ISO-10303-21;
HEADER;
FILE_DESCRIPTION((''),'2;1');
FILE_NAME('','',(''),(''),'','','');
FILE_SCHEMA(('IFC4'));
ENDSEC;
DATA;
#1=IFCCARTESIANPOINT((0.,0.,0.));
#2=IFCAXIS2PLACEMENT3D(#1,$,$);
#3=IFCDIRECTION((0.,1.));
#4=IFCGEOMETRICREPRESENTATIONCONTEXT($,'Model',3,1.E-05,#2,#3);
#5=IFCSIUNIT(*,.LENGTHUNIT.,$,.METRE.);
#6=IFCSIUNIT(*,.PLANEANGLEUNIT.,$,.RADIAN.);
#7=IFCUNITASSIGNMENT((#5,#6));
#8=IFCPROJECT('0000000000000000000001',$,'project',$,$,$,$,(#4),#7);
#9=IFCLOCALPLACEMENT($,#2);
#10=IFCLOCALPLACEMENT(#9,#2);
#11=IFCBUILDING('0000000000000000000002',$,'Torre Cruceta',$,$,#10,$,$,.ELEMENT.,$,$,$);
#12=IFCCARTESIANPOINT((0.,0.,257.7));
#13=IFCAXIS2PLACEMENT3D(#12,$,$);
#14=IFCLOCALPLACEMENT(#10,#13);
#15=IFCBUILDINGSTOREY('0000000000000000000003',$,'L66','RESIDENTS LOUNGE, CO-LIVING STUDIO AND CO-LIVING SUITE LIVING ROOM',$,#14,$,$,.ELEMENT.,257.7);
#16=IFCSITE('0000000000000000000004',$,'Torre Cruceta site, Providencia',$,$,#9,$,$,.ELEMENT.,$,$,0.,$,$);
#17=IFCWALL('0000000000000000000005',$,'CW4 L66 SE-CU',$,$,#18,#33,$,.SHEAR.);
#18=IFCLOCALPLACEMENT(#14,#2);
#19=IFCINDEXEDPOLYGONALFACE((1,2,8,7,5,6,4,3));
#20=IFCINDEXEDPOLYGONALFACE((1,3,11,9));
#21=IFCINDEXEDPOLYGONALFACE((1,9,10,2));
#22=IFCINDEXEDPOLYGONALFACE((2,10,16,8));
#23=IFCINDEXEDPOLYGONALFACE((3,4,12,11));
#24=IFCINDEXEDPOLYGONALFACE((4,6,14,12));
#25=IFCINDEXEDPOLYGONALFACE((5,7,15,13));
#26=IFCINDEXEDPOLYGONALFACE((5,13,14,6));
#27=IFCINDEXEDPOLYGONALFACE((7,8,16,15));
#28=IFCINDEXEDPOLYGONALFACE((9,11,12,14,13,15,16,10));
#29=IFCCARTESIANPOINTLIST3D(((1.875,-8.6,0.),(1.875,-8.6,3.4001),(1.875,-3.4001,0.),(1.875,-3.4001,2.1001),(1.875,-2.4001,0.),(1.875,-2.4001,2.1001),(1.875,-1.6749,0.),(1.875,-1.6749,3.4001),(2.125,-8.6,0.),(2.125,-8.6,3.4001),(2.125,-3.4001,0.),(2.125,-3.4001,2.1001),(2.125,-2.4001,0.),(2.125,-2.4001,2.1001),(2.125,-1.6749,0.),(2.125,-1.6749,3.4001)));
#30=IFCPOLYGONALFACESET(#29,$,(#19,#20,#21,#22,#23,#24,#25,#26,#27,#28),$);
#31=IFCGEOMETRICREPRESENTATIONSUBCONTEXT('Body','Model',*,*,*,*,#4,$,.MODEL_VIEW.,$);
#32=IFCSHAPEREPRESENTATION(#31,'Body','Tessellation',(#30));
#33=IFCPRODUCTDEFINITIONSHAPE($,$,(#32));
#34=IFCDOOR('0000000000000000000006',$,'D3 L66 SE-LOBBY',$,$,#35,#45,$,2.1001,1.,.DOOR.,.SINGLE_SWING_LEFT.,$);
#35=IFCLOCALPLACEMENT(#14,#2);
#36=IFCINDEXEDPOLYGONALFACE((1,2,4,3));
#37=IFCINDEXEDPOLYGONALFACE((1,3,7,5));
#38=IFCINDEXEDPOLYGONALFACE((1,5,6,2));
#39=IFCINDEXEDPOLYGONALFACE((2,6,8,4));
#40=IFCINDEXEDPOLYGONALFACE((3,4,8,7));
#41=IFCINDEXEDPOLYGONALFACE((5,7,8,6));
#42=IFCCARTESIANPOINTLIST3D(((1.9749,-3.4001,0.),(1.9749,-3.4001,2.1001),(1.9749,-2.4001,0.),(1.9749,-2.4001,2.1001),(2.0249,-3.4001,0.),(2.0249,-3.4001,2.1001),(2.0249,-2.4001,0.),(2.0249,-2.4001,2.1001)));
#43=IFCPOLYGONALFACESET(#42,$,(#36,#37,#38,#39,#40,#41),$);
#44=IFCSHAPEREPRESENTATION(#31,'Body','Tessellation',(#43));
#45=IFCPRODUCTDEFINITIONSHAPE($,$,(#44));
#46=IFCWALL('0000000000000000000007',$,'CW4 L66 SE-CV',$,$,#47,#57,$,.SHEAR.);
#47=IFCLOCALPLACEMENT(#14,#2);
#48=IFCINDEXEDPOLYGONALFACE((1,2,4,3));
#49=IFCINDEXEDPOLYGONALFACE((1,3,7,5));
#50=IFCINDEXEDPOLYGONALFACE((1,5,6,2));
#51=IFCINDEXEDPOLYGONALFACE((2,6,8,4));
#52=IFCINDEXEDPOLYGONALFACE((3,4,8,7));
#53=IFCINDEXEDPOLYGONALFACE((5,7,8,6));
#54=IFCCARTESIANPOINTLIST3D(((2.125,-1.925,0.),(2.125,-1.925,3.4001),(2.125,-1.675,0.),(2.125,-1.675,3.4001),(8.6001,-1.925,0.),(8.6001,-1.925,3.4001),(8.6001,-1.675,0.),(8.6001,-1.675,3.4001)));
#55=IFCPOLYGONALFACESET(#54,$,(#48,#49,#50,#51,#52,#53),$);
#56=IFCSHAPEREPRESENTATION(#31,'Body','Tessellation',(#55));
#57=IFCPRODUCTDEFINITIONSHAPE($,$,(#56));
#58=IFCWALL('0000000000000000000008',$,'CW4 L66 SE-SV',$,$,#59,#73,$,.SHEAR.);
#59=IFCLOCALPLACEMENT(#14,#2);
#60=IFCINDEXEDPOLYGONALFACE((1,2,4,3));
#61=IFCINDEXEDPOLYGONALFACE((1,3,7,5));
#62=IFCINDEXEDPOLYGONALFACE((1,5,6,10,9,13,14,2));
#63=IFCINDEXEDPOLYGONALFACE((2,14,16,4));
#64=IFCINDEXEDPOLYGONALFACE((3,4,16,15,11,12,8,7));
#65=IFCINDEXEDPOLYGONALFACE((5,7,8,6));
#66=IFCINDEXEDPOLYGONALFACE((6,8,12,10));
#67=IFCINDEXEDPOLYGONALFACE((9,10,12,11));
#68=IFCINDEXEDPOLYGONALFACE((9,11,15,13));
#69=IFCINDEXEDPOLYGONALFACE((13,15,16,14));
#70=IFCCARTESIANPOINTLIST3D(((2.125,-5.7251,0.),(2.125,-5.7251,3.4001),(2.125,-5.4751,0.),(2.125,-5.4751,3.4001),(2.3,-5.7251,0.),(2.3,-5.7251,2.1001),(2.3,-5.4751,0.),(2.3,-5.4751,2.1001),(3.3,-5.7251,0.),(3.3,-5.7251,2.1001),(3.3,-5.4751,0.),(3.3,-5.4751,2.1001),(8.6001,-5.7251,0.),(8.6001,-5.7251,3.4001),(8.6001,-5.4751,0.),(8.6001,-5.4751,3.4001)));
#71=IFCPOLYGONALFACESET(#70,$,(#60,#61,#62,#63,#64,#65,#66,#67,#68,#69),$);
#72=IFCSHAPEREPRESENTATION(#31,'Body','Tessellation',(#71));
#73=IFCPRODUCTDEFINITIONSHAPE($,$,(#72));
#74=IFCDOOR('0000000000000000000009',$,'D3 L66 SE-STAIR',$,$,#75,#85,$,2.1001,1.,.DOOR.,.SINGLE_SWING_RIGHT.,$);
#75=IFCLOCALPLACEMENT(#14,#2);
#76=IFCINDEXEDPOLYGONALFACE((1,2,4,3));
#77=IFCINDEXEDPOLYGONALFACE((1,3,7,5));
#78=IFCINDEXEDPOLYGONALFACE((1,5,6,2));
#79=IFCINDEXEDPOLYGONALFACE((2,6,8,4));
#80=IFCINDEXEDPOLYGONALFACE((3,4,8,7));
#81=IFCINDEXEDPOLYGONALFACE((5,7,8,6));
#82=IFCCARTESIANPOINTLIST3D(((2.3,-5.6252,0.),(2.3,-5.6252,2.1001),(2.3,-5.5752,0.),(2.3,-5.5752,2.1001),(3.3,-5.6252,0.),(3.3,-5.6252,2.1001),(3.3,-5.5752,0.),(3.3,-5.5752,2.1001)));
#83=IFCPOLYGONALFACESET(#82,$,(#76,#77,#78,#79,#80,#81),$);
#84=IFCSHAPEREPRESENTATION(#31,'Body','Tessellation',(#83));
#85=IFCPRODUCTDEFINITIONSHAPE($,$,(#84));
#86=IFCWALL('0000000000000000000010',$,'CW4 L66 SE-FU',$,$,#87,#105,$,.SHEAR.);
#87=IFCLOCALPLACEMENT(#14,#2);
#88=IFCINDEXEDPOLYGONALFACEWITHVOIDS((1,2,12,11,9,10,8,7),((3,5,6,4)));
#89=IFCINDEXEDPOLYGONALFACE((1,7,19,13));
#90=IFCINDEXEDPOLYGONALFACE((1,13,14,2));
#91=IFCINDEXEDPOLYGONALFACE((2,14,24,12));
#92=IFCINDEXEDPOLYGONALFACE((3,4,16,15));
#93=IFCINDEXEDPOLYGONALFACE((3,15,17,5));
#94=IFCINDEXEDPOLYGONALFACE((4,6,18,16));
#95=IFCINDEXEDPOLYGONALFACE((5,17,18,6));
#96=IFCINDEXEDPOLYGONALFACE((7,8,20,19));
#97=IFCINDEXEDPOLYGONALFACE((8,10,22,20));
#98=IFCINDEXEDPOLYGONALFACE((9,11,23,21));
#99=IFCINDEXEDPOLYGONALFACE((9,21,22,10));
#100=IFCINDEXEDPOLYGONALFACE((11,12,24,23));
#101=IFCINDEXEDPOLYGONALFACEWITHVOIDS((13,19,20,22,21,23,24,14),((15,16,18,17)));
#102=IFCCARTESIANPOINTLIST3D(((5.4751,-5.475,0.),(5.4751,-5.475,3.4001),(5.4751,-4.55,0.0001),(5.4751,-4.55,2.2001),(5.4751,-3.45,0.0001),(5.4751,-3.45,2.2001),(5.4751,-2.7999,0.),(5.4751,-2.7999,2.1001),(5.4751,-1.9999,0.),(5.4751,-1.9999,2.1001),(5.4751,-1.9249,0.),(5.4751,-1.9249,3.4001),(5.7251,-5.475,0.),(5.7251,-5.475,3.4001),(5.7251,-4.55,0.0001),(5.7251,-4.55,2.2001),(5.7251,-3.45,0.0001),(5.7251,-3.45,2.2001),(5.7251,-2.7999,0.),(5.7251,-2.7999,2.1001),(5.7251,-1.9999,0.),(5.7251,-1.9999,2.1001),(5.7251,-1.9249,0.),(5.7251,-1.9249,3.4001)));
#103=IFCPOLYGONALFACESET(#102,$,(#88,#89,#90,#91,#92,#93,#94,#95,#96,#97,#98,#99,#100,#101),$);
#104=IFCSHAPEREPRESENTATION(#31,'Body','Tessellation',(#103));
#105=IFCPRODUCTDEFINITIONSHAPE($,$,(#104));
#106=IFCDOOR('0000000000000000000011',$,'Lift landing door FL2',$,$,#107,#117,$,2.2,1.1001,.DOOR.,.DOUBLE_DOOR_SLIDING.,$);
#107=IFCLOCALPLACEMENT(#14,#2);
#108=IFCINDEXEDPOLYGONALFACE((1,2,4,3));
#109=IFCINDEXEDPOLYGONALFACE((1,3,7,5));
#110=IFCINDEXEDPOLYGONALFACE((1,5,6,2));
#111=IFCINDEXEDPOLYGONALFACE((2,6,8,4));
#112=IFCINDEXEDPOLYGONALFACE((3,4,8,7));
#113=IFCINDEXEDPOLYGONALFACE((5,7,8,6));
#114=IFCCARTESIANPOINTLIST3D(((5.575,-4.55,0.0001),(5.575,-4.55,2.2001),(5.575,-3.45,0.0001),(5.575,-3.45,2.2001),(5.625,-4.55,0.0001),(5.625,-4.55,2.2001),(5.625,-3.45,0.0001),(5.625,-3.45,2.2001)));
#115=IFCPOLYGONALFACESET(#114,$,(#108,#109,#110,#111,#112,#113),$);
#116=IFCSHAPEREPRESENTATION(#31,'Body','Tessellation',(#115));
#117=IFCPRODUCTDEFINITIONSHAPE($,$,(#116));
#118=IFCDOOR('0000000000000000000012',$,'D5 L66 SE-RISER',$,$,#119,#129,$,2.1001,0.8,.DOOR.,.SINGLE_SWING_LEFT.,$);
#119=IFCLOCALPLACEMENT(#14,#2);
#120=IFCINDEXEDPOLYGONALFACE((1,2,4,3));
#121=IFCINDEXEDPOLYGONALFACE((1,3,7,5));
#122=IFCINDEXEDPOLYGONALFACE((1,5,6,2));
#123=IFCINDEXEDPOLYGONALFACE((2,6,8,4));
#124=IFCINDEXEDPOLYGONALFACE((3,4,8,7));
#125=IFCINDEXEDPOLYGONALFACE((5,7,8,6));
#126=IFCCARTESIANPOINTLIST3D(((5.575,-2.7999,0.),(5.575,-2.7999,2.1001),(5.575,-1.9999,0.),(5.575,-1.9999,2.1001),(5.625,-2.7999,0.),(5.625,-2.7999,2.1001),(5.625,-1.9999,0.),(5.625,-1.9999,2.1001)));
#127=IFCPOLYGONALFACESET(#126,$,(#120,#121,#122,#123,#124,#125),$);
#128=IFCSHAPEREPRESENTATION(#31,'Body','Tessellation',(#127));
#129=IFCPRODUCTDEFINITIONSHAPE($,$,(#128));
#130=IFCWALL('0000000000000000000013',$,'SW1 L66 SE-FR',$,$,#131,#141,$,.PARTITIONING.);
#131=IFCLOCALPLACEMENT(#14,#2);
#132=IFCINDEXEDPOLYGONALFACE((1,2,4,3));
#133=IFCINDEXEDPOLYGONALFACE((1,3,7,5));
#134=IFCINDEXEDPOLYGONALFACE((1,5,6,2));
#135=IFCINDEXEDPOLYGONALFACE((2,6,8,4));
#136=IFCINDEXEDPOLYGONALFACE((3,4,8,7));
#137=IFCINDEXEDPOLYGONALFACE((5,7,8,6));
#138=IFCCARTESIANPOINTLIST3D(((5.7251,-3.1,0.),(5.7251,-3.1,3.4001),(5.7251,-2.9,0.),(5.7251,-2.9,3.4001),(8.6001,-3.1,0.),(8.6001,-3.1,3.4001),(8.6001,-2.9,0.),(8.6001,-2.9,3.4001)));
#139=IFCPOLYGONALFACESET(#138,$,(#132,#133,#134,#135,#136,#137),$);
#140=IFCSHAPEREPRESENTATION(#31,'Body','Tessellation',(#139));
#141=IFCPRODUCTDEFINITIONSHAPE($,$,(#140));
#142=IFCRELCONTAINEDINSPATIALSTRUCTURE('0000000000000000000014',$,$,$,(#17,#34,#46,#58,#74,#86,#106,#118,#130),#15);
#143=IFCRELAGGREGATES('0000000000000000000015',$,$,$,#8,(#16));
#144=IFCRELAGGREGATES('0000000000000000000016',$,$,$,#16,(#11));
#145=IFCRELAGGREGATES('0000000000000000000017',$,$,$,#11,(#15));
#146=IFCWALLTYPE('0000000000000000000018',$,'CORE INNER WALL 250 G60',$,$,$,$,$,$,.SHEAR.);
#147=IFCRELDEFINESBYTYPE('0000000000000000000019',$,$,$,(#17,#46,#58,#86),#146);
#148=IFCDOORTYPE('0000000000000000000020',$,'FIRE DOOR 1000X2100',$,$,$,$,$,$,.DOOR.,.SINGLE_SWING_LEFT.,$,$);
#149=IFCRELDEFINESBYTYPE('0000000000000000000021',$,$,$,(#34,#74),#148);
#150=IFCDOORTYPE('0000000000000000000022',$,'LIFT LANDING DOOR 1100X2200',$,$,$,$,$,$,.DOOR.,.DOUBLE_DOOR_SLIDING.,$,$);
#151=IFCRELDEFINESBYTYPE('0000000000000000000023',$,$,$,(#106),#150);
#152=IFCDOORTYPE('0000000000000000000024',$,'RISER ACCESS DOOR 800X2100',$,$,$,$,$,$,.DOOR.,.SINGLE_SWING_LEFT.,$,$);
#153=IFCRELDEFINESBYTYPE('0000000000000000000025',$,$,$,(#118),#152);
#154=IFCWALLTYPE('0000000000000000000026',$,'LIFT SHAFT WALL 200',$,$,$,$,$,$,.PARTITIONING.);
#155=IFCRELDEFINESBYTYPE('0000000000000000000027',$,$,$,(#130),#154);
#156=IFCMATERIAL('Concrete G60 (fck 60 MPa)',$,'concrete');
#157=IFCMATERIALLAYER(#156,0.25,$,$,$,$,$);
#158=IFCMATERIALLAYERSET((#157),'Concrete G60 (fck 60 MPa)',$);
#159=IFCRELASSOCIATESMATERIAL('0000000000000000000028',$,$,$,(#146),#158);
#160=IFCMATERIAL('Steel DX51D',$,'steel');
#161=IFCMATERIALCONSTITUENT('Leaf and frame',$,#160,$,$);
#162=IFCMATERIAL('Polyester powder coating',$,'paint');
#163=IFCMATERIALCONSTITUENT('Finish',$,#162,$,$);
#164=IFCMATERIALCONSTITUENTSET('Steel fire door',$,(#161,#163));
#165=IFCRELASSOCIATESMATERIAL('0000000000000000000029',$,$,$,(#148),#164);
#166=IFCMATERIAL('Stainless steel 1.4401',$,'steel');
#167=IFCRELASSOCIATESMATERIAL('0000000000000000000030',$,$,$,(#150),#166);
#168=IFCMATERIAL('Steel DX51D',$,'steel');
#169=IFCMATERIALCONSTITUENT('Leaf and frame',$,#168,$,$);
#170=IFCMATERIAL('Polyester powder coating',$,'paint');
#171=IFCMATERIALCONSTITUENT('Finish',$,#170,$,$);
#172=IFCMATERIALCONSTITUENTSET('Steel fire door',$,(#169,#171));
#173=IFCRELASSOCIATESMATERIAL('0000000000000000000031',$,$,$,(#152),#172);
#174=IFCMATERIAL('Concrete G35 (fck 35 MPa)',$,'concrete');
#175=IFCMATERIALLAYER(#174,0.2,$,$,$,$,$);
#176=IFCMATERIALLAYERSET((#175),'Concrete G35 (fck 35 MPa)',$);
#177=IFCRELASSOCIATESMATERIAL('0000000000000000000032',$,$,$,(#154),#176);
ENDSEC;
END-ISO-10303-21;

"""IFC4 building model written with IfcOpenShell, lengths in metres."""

from ifc_helpers import new_model, si_unit, direction, frame, frame_2d, origin, place, context, subcontext, project, spatial, rectangle, extrude, material, layer, layer_set, constituent, constituent_set, type_object, element, fill, save


model = new_model("IFC4")

# Units and contexts
model_context = context("Model", 3, precision=1e-05, world=origin(), true_north=direction((0.0, 1.0)))
body_context = subcontext(model_context, "Body", "Model", "MODEL_VIEW")
ifc_project = project(units=[si_unit("LENGTHUNIT", "METRE"), si_unit("PLANEANGLEUNIT", "RADIAN")], contexts=[model_context])

# Site, building, storey
site_placement = place(None, origin())
site = spatial("IfcSite", under=ifc_project, at=site_placement, Name="Torre Cruceta site, Providencia", CompositionType="ELEMENT", RefElevation=0.0)
building_placement = place(site_placement, origin())
building = spatial("IfcBuilding", under=site, at=building_placement, Name="Torre Cruceta", CompositionType="ELEMENT")
storey_placement = place(building_placement, frame((0.0, 0.0, 257.7)))
storey = spatial("IfcBuildingStorey", under=building, at=storey_placement, Name="L66", Description="RESIDENTS LOUNGE, CO-LIVING STUDIO AND CO-LIVING SUITE LIVING ROOM", CompositionType="ELEMENT", Elevation=257.7)

# Wall, opening, door
ifc_material_1 = material(Name="Concrete G60 (fck 60 MPa)", Category="concrete")
ifc_layer_1 = layer(ifc_material_1, 0.25)
ifc_layer_set_1 = layer_set([ifc_layer_1], Name="Concrete G60 (fck 60 MPa)")
wall_type_1 = type_object("IfcWallType", Name="CORE INNER WALL 250 G60", PredefinedType="SHEAR", material=ifc_layer_set_1)
wall_1_placement = place(storey_placement, frame((2.0, -1.675, 0.0), z_axis=(0.0, 0.0, 1.0), x_axis=(0.0, -1.0, 0.0)))
wall_1 = element("IfcWall", 1, at=wall_1_placement, inside=storey, type_object=wall_type_1, Name="CW4 L66 SE-CU", PredefinedType="SHEAR", context=body_context, shape_type="SweptSolid", body=[
    extrude(rectangle(XDim=6.925, YDim=0.25, at=frame_2d((3.4624, 0.0))), origin(), (0.0, 0.0, 1.0), 3.4001),
])
opening_1_placement = place(wall_1_placement, frame((0.7251, 0.0, 0.0)))
opening_1 = element("IfcOpeningElement", 2, at=opening_1_placement, cuts=wall_1, PredefinedType="OPENING", context=body_context, shape_type="SweptSolid", body=[
    extrude(rectangle(XDim=1.0, YDim=2.1001, at=frame_2d((0.5, 1.05))), frame((0.0, 0.135, 0.0), z_axis=(0.0, -1.0, 0.0), x_axis=(1.0, 0.0, 0.0)), (0.0, 0.0, 1.0), 0.27),
])
ifc_material_2 = material(Name="Steel DX51D", Category="steel")
ifc_constituent_1 = constituent(ifc_material_2, Name="Leaf and frame")
ifc_material_3 = material(Name="Polyester powder coating", Category="paint")
ifc_constituent_2 = constituent(ifc_material_3, Name="Finish")
ifc_constituent_set_1 = constituent_set(constituents=[ifc_constituent_1, ifc_constituent_2], Name="Steel fire door")
door_type_1 = type_object("IfcDoorType", Name="FIRE DOOR 1000X2100", OperationType="SINGLE_SWING_LEFT", PredefinedType="DOOR", material=ifc_constituent_set_1)
door_1_placement = place(opening_1_placement, origin())
door_1 = element("IfcDoor", 3, at=door_1_placement, inside=storey, type_object=door_type_1, Name="D3 L66 SE-LOBBY", OperationType="SINGLE_SWING_LEFT", OverallHeight=2.1001, OverallWidth=1.0, PredefinedType="DOOR", context=body_context, shape_type="SweptSolid", body=[
    extrude(rectangle(XDim=1.0, YDim=2.1001, at=frame_2d((0.5, 1.05))), frame((0.0, 0.0249, 0.0), z_axis=(0.0, -1.0, 0.0), x_axis=(1.0, 0.0, 0.0)), (0.0, 0.0, 1.0), 0.05),
])
fill(opening_1, door_1)

# Wall
wall_2_placement = place(storey_placement, frame((2.125, -1.8, 0.0), z_axis=(0.0, 0.0, 1.0), x_axis=(1.0, 0.0, 0.0)))
element("IfcWall", 4, at=wall_2_placement, inside=storey, type_object=wall_type_1, Name="CW4 L66 SE-CV", PredefinedType="SHEAR", context=body_context, shape_type="SweptSolid", body=[
    extrude(rectangle(XDim=6.4751, YDim=0.25, at=frame_2d((3.2375, 0.0))), origin(), (0.0, 0.0, 1.0), 3.4001),
])

# Wall, opening, door
wall_3_placement = place(storey_placement, frame((2.125, -5.6001, 0.0), z_axis=(0.0, 0.0, 1.0), x_axis=(1.0, 0.0, 0.0)))
wall_3 = element("IfcWall", 5, at=wall_3_placement, inside=storey, type_object=wall_type_1, Name="CW4 L66 SE-SV", PredefinedType="SHEAR", context=body_context, shape_type="SweptSolid", body=[
    extrude(rectangle(XDim=6.4751, YDim=0.25, at=frame_2d((3.2375, 0.0))), origin(), (0.0, 0.0, 1.0), 3.4001),
])
opening_2_placement = place(wall_3_placement, frame((0.175, 0.0, 0.0)))
opening_2 = element("IfcOpeningElement", 6, at=opening_2_placement, cuts=wall_3, PredefinedType="OPENING", context=body_context, shape_type="SweptSolid", body=[
    extrude(rectangle(XDim=1.0, YDim=2.1001, at=frame_2d((0.5, 1.05))), frame((0.0, 0.135, 0.0), z_axis=(0.0, -1.0, 0.0), x_axis=(1.0, 0.0, 0.0)), (0.0, 0.0, 1.0), 0.27),
])
door_2_placement = place(opening_2_placement, frame((1.0, 0.0, 0.0), z_axis=(0.0, 0.0, 1.0), x_axis=(-1.0, 0.0, 0.0)))
door_2 = element("IfcDoor", 7, at=door_2_placement, inside=storey, type_object=door_type_1, Name="D3 L66 SE-STAIR", OperationType="SINGLE_SWING_RIGHT", OverallHeight=2.1001, OverallWidth=1.0, PredefinedType="DOOR", context=body_context, shape_type="SweptSolid", body=[
    extrude(rectangle(XDim=1.0, YDim=2.1001, at=frame_2d((0.5, 1.05))), frame((0.0, 0.0251, 0.0), z_axis=(0.0, -1.0, 0.0), x_axis=(1.0, 0.0, 0.0)), (0.0, 0.0, 1.0), 0.05),
])
fill(opening_2, door_2)

# Wall, openings, doors
wall_4_placement = place(storey_placement, frame((5.6001, -1.925, 0.0), z_axis=(0.0, 0.0, 1.0), x_axis=(0.0, -1.0, 0.0)))
wall_4 = element("IfcWall", 8, at=wall_4_placement, inside=storey, type_object=wall_type_1, Name="CW4 L66 SE-FU", PredefinedType="SHEAR", context=body_context, shape_type="SweptSolid", body=[
    extrude(rectangle(XDim=3.55, YDim=0.25, at=frame_2d((1.7749, 0.0))), origin(), (0.0, 0.0, 1.0), 3.4001),
])
opening_3_placement = place(wall_4_placement, frame((1.5249, 0.0, 0.0)))
opening_3 = element("IfcOpeningElement", 9, at=opening_3_placement, cuts=wall_4, PredefinedType="OPENING", context=body_context, shape_type="SweptSolid", body=[
    extrude(rectangle(XDim=1.1001, YDim=2.2, at=frame_2d((0.55, 1.1001))), frame((0.0, 0.135, 0.0), z_axis=(0.0, -1.0, 0.0), x_axis=(1.0, 0.0, 0.0)), (0.0, 0.0, 1.0), 0.27),
])
opening_4_placement = place(wall_4_placement, frame((0.075, 0.0, 0.0)))
opening_4 = element("IfcOpeningElement", 10, at=opening_4_placement, cuts=wall_4, PredefinedType="OPENING", context=body_context, shape_type="SweptSolid", body=[
    extrude(rectangle(XDim=0.8, YDim=2.1001, at=frame_2d((0.3999, 1.05))), frame((0.0, 0.135, 0.0), z_axis=(0.0, -1.0, 0.0), x_axis=(1.0, 0.0, 0.0)), (0.0, 0.0, 1.0), 0.27),
])
ifc_material_4 = material(Name="Stainless steel 1.4401", Category="steel")
door_type_2 = type_object("IfcDoorType", Name="LIFT LANDING DOOR 1100X2200", OperationType="DOUBLE_DOOR_SLIDING", PredefinedType="DOOR", material=ifc_material_4)
door_3_placement = place(opening_3_placement, origin())
door_3 = element("IfcDoor", 11, at=door_3_placement, inside=storey, type_object=door_type_2, Name="Lift landing door FL2", OperationType="DOUBLE_DOOR_SLIDING", OverallHeight=2.2, OverallWidth=1.1001, PredefinedType="DOOR", context=body_context, shape_type="SweptSolid", body=[
    extrude(rectangle(XDim=1.1001, YDim=2.2, at=frame_2d((0.55, 1.1001))), frame((0.0, 0.0249, 0.0), z_axis=(0.0, -1.0, 0.0), x_axis=(1.0, 0.0, 0.0)), (0.0, 0.0, 1.0), 0.05),
])
fill(opening_3, door_3)
ifc_material_5 = material(Name="Steel DX51D", Category="steel")
ifc_constituent_3 = constituent(ifc_material_5, Name="Leaf and frame")
ifc_material_6 = material(Name="Polyester powder coating", Category="paint")
ifc_constituent_4 = constituent(ifc_material_6, Name="Finish")
ifc_constituent_set_2 = constituent_set(constituents=[ifc_constituent_3, ifc_constituent_4], Name="Steel fire door")
door_type_3 = type_object("IfcDoorType", Name="RISER ACCESS DOOR 800X2100", OperationType="SINGLE_SWING_LEFT", PredefinedType="DOOR", material=ifc_constituent_set_2)
door_4_placement = place(opening_4_placement, origin())
door_4 = element("IfcDoor", 12, at=door_4_placement, inside=storey, type_object=door_type_3, Name="D5 L66 SE-RISER", OperationType="SINGLE_SWING_LEFT", OverallHeight=2.1001, OverallWidth=0.8, PredefinedType="DOOR", context=body_context, shape_type="SweptSolid", body=[
    extrude(rectangle(XDim=0.8, YDim=2.1001, at=frame_2d((0.3999, 1.05))), frame((0.0, 0.0249, 0.0), z_axis=(0.0, -1.0, 0.0), x_axis=(1.0, 0.0, 0.0)), (0.0, 0.0, 1.0), 0.05),
])
fill(opening_4, door_4)

# Wall
ifc_material_7 = material(Name="Concrete G35 (fck 35 MPa)", Category="concrete")
ifc_layer_2 = layer(ifc_material_7, 0.2)
ifc_layer_set_2 = layer_set([ifc_layer_2], Name="Concrete G35 (fck 35 MPa)")
wall_type_2 = type_object("IfcWallType", Name="LIFT SHAFT WALL 200", PredefinedType="PARTITIONING", material=ifc_layer_set_2)
wall_5_placement = place(storey_placement, frame((5.7251, -3.0, 0.0), z_axis=(0.0, 0.0, 1.0), x_axis=(1.0, 0.0, 0.0)))
element("IfcWall", 13, at=wall_5_placement, inside=storey, type_object=wall_type_2, Name="SW1 L66 SE-FR", PredefinedType="PARTITIONING", context=body_context, shape_type="SweptSolid", body=[
    extrude(rectangle(XDim=2.875, YDim=0.2, at=frame_2d((1.4375, 0.0))), origin(), (0.0, 0.0, 1.0), 3.4001),
])

save(model, "model.ifc")
